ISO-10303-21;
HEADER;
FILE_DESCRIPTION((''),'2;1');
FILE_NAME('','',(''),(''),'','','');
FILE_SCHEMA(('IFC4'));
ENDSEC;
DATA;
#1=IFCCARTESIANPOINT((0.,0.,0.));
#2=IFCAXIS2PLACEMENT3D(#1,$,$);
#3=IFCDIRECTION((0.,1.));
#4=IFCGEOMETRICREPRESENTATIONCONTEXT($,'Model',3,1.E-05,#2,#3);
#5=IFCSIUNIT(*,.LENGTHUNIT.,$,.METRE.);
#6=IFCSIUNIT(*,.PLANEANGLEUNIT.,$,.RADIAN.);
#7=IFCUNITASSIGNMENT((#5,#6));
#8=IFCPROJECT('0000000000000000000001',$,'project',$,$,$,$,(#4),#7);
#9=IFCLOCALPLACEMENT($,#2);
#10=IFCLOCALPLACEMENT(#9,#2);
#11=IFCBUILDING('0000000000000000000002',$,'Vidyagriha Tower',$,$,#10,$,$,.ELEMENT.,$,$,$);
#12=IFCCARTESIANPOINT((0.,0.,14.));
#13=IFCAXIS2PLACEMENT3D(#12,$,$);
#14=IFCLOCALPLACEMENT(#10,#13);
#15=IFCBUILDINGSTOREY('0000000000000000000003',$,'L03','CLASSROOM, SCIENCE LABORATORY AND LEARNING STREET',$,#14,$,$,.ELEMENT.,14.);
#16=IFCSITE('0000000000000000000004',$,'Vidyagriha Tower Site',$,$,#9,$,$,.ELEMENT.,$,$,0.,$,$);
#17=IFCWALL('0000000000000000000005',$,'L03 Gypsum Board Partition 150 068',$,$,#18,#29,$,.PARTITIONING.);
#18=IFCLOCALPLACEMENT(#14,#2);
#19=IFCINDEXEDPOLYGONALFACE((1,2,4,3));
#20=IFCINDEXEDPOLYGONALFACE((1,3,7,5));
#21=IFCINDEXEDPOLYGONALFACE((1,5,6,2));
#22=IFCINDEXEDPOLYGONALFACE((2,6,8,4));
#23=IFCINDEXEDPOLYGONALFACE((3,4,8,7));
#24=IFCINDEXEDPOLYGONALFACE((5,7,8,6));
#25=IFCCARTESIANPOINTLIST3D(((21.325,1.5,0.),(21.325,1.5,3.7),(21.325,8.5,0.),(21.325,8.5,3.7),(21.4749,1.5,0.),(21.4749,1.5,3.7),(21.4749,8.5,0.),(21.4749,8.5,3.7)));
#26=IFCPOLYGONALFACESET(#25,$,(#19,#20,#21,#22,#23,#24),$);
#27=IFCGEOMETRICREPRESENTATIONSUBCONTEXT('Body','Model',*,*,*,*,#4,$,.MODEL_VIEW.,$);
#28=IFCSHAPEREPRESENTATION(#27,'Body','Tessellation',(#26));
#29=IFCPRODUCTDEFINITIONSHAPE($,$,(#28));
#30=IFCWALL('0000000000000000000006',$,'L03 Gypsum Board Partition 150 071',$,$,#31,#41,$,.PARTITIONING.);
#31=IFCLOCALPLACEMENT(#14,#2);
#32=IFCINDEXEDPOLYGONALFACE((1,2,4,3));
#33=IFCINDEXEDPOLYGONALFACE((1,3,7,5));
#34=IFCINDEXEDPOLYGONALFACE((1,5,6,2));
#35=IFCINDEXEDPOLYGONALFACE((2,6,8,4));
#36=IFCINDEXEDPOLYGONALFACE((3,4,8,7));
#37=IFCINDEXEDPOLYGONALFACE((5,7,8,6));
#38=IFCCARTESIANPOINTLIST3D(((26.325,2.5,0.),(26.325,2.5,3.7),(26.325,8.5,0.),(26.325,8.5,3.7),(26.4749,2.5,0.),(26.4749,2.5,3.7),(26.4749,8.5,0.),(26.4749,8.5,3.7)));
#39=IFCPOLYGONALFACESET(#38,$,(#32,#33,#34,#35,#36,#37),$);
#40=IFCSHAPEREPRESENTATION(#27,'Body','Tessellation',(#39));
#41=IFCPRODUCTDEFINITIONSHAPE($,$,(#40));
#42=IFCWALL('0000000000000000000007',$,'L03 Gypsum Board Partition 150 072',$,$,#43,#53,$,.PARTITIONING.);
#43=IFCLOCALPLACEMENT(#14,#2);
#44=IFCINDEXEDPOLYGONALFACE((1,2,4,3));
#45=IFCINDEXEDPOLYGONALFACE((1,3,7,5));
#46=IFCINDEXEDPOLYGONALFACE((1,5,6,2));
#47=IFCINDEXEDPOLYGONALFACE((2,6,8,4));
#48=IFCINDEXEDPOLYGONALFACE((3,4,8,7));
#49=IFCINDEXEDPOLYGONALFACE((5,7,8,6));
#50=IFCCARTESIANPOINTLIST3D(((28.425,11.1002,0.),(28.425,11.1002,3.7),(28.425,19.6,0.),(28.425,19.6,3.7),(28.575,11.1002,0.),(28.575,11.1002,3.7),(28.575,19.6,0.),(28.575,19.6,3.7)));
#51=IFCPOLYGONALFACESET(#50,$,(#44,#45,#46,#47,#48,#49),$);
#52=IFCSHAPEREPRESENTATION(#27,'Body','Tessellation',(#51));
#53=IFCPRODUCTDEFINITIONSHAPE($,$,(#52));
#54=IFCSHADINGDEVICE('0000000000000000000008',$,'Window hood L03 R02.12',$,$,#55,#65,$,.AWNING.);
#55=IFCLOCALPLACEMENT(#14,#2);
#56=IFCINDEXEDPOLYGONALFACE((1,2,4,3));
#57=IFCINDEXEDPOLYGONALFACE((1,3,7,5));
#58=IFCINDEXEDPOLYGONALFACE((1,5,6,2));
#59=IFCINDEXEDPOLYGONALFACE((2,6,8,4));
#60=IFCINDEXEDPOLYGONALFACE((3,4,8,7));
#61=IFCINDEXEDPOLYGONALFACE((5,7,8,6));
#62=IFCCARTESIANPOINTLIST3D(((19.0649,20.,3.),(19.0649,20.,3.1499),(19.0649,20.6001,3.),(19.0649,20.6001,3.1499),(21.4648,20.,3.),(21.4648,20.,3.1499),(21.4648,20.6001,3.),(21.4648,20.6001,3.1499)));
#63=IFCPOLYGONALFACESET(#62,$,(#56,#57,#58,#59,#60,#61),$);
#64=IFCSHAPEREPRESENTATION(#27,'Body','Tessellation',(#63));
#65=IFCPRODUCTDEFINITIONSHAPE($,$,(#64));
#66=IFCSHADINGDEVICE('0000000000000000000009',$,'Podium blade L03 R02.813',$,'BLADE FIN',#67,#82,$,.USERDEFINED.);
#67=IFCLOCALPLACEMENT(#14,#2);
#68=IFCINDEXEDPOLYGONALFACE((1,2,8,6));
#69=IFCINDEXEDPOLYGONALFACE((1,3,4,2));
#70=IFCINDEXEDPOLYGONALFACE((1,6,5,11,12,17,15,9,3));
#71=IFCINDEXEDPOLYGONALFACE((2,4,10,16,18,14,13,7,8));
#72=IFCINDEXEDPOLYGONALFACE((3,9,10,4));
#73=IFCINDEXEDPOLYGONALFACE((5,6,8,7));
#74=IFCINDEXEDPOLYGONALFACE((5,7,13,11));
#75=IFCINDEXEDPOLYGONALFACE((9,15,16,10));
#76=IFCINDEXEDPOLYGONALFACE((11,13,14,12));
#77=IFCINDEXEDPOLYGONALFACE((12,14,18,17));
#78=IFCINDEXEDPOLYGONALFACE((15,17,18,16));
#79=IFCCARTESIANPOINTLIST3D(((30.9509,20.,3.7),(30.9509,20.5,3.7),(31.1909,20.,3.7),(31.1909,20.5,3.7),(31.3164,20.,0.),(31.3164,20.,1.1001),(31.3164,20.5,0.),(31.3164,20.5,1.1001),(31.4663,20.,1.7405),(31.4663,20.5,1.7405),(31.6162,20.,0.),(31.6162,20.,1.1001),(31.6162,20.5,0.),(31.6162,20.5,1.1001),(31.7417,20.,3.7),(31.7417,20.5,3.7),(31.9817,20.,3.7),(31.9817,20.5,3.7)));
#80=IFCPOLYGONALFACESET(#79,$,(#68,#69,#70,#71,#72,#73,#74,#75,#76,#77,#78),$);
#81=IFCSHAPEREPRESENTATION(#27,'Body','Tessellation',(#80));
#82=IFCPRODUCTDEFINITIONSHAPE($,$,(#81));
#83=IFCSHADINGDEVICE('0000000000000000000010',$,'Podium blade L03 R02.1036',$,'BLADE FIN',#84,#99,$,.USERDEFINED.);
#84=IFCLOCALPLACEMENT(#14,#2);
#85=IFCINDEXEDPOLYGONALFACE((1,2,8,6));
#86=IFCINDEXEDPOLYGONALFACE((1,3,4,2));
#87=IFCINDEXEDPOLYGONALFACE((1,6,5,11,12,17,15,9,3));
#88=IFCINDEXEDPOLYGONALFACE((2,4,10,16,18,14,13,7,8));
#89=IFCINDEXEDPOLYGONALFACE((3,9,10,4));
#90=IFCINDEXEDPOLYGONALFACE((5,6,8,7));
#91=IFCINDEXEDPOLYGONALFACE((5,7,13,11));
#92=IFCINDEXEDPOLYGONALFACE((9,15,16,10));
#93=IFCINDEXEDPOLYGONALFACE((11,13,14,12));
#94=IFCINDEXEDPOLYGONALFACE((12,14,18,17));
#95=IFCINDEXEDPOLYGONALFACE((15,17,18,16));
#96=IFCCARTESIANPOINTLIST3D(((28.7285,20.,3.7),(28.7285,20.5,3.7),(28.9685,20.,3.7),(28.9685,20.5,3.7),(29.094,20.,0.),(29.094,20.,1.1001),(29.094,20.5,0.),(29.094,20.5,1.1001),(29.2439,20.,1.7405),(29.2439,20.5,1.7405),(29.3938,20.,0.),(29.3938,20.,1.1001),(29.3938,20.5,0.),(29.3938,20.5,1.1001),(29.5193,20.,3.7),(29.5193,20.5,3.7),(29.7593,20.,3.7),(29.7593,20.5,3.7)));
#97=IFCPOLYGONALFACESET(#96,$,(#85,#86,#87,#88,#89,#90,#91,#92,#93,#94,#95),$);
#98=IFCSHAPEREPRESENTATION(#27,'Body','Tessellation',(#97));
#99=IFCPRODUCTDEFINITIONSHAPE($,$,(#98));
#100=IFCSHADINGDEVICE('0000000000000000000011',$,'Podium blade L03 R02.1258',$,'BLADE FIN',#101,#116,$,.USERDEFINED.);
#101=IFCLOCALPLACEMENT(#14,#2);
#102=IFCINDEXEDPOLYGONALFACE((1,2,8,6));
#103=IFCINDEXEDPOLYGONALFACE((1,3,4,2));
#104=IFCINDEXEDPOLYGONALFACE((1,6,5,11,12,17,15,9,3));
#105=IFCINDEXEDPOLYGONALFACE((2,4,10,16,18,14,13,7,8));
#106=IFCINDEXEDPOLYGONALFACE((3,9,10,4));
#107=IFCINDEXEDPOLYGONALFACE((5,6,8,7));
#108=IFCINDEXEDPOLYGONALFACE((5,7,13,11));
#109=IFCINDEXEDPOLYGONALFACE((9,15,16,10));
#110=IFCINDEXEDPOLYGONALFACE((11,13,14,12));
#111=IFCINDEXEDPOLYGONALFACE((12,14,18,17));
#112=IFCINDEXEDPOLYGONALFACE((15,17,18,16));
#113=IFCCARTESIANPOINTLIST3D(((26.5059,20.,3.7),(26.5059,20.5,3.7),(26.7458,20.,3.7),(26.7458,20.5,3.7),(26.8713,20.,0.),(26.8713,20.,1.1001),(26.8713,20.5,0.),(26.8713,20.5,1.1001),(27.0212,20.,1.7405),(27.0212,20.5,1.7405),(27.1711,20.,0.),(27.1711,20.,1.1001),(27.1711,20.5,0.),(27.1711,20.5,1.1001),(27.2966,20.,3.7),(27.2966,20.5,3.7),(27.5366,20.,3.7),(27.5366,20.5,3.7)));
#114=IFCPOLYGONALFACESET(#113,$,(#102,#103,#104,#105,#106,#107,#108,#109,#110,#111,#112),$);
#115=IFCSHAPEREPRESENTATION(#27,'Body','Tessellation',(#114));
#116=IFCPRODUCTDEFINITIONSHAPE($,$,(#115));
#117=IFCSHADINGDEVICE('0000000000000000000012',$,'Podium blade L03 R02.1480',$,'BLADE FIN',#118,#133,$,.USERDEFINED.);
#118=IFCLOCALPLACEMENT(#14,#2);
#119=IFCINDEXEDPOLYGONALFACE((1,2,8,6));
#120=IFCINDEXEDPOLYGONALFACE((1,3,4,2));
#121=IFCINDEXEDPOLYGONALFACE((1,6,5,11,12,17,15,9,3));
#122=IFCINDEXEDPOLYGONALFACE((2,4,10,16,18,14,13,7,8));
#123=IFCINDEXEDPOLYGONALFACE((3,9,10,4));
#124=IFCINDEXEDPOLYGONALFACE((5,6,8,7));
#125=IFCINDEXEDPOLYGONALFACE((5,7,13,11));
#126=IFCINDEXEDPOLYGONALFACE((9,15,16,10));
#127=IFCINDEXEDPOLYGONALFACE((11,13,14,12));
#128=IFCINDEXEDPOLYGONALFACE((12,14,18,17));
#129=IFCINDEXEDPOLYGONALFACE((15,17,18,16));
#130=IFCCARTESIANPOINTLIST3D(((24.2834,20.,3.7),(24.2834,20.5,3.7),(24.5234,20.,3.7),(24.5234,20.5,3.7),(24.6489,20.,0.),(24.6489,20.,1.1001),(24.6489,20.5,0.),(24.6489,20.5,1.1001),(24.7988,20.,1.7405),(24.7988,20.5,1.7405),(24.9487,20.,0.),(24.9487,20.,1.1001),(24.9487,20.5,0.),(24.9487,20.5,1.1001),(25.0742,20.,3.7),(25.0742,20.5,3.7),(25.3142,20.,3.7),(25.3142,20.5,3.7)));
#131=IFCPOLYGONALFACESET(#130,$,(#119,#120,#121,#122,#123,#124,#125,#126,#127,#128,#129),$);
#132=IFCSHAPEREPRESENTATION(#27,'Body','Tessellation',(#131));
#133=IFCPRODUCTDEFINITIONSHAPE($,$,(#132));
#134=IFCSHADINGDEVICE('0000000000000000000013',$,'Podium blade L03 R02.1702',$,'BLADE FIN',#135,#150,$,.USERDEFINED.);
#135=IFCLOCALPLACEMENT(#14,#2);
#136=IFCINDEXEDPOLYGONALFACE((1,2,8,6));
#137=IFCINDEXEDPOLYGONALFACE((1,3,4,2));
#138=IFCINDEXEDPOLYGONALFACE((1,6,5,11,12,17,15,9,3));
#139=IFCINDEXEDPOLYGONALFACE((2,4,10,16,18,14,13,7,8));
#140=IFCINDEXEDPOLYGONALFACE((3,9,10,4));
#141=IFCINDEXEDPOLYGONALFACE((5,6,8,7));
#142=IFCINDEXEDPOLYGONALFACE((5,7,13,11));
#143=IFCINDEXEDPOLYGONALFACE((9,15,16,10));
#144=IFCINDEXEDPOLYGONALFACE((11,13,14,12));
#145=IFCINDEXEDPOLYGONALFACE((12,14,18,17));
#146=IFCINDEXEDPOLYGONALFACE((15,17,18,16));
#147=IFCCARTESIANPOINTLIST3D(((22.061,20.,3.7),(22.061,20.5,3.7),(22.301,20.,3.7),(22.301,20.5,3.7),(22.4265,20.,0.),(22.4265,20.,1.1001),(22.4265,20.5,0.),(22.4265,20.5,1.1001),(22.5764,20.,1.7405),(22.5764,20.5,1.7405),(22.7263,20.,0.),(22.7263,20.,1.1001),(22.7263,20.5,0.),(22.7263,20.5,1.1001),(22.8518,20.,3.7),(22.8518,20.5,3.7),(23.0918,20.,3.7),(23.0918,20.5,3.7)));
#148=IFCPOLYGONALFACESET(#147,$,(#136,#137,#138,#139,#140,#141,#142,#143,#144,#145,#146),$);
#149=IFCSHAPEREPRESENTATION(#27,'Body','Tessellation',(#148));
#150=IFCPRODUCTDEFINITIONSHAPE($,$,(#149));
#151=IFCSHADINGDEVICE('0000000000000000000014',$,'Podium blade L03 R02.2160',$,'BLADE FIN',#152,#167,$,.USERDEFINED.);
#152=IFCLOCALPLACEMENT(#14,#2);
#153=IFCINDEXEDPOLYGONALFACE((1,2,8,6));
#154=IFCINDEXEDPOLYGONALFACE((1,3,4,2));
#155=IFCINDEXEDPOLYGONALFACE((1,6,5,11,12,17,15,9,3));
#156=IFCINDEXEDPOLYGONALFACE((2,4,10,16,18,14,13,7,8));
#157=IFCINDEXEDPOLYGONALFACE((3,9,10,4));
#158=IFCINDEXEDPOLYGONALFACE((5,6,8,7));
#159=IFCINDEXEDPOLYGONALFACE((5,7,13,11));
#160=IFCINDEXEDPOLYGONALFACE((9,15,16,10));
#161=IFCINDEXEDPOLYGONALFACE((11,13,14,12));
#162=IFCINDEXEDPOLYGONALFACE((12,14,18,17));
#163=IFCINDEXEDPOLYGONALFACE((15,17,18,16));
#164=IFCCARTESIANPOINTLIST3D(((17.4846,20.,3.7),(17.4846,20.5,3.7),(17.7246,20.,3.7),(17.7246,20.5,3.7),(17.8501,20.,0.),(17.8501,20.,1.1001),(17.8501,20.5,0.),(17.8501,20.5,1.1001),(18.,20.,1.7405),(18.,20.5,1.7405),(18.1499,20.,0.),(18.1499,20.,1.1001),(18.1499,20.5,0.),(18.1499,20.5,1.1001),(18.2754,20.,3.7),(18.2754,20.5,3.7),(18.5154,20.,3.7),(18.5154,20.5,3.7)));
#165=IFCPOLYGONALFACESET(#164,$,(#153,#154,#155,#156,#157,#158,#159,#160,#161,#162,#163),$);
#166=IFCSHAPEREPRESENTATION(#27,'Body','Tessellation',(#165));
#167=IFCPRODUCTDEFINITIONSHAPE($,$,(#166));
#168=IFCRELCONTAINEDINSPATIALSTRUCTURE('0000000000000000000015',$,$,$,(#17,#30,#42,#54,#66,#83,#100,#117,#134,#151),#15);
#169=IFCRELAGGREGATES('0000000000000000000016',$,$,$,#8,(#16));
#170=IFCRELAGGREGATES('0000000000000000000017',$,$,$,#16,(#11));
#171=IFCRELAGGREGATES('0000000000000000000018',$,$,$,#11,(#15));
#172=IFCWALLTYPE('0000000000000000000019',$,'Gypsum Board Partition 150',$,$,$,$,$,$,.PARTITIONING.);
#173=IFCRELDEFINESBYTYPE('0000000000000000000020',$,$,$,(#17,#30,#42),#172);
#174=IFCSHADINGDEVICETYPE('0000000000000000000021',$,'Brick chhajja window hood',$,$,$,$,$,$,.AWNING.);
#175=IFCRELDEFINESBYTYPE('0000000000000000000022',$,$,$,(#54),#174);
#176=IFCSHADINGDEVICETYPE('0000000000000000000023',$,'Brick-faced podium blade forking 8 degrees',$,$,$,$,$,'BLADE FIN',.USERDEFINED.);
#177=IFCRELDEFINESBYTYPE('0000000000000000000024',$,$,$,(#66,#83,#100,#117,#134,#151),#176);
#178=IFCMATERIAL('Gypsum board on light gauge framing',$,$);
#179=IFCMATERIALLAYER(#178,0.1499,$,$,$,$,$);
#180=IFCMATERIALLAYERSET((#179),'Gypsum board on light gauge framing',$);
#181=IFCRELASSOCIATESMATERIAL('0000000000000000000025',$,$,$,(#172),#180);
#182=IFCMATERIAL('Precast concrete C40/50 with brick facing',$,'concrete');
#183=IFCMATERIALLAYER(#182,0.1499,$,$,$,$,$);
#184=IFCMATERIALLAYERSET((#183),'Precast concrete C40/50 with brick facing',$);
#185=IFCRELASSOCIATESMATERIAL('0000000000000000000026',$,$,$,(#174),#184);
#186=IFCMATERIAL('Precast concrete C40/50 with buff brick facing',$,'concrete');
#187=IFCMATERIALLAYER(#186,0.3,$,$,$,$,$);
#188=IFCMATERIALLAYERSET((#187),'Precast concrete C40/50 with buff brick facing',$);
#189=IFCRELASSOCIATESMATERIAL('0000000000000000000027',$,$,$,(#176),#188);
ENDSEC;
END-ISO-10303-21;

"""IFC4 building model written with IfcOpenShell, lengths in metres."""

from ifc_helpers import new_model, si_unit, direction, frame, frame_2d, origin, origin_2d, place, context, subcontext, project, spatial, polyline, rectangle, outline, extrude, material, layer, layer_set, type_object, element, save


model = new_model("IFC4")

# Units and contexts
model_context = context("Model", 3, precision=1e-05, world=origin(), true_north=direction((0.0, 1.0)))
body_context = subcontext(model_context, "Body", "Model", "MODEL_VIEW")
ifc_project = project(units=[si_unit("LENGTHUNIT", "METRE"), si_unit("PLANEANGLEUNIT", "RADIAN")], contexts=[model_context])

# Site, building, storey
site_placement = place(None, origin())
site = spatial("IfcSite", under=ifc_project, at=site_placement, Name="Vidyagriha Tower Site", CompositionType="ELEMENT", RefElevation=0.0)
building_placement = place(site_placement, origin())
building = spatial("IfcBuilding", under=site, at=building_placement, Name="Vidyagriha Tower", CompositionType="ELEMENT")
storey_placement = place(building_placement, frame((0.0, 0.0, 14.0)))
storey = spatial("IfcBuildingStorey", under=building, at=storey_placement, Name="L03", Description="CLASSROOM, SCIENCE LABORATORY AND LEARNING STREET", CompositionType="ELEMENT", Elevation=14.0)

# Walls
ifc_material_1 = material(Name="Gypsum board on light gauge framing")
ifc_layer_1 = layer(ifc_material_1, 0.1499)
ifc_layer_set_1 = layer_set([ifc_layer_1], Name="Gypsum board on light gauge framing")
wall_type_1 = type_object("IfcWallType", Name="Gypsum Board Partition 150", PredefinedType="PARTITIONING", material=ifc_layer_set_1)
wall_1_placement = place(storey_placement, frame((21.3999, 1.5, 0.0), z_axis=(0.0, 0.0, 1.0), x_axis=(0.0, 1.0, 0.0)))
element("IfcWall", 1, at=wall_1_placement, inside=storey, type_object=wall_type_1, Name="L03 Gypsum Board Partition 150 068", PredefinedType="PARTITIONING", context=body_context, shape_type="SweptSolid", body=[
    extrude(rectangle(XDim=7.0, YDim=0.1499, at=frame_2d((3.5, 0.0))), origin(), (0.0, 0.0, 1.0), 3.7),
])
wall_2_placement = place(storey_placement, frame((26.3999, 2.5, 0.0), z_axis=(0.0, 0.0, 1.0), x_axis=(0.0, 1.0, 0.0)))
element("IfcWall", 2, at=wall_2_placement, inside=storey, type_object=wall_type_1, Name="L03 Gypsum Board Partition 150 071", PredefinedType="PARTITIONING", context=body_context, shape_type="SweptSolid", body=[
    extrude(rectangle(XDim=6.0, YDim=0.1499, at=frame_2d((3.0, 0.0))), origin(), (0.0, 0.0, 1.0), 3.7),
])
wall_3_placement = place(storey_placement, frame((28.5, 11.1001, 0.0), z_axis=(0.0, 0.0, 1.0), x_axis=(0.0, 1.0, 0.0)))
element("IfcWall", 3, at=wall_3_placement, inside=storey, type_object=wall_type_1, Name="L03 Gypsum Board Partition 150 072", PredefinedType="PARTITIONING", context=body_context, shape_type="SweptSolid", body=[
    extrude(rectangle(XDim=8.4998, YDim=0.1499, at=frame_2d((4.25, 0.0))), origin(), (0.0, 0.0, 1.0), 3.7),
])

# Shading devices
ifc_material_2 = material(Name="Precast concrete C40/50 with brick facing", Category="concrete")
ifc_layer_2 = layer(ifc_material_2, 0.1499)
ifc_layer_set_2 = layer_set([ifc_layer_2], Name="Precast concrete C40/50 with brick facing")
shading_device_type_1 = type_object("IfcShadingDeviceType", Name="Brick chhajja window hood", PredefinedType="AWNING", material=ifc_layer_set_2)
shading_device_placement = place(storey_placement, frame((20.2649, 20.3, 3.0), z_axis=(0.0, 0.0, 1.0), x_axis=(-1.0, 0.0, 0.0)))
element("IfcShadingDevice", 4, at=shading_device_placement, inside=storey, type_object=shading_device_type_1, Name="Window hood L03 R02.12", PredefinedType="AWNING", context=body_context, shape_type="SweptSolid", body=[
    extrude(rectangle(XDim=2.3999, YDim=0.6001, at=origin_2d()), origin(), (0.0, 0.0, 1.0), 0.1499),
])
ifc_material_3 = material(Name="Precast concrete C40/50 with buff brick facing", Category="concrete")
ifc_layer_3 = layer(ifc_material_3, 0.3)
ifc_layer_set_3 = layer_set([ifc_layer_3], Name="Precast concrete C40/50 with buff brick facing")
shading_device_type_2 = type_object("IfcShadingDeviceType", Name="Brick-faced podium blade forking 8 degrees", ElementType="BLADE FIN", PredefinedType="USERDEFINED", material=ifc_layer_set_3)
for number, where, z_axis, x_axis, name in (
    (5, (31.9817, 20.25, 0.0), (0.0, 0.0, 1.0), (-1.0, 0.0, 0.0), "Podium blade L03 R02.813"),
    (6, (29.7593, 20.25, 0.0), (0.0, 0.0, 1.0), (-1.0, 0.0, 0.0), "Podium blade L03 R02.1036"),
    (7, (27.5366, 20.25, 0.0), (0.0, 0.0, 1.0), (-1.0, 0.0, 0.0), "Podium blade L03 R02.1258"),
    (8, (25.3142, 20.25, 0.0), (0.0, 0.0, 1.0), (-1.0, 0.0, 0.0), "Podium blade L03 R02.1480"),
    (9, (23.0918, 20.25, 0.0), (0.0, 0.0, 1.0), (-1.0, 0.0, 0.0), "Podium blade L03 R02.1702"),
    (10, (18.5154, 20.25, 0.0), (0.0, 0.0, 1.0), (-1.0, 0.0, 0.0), "Podium blade L03 R02.2160"),
):
    element("IfcShadingDevice", number, at=place(storey_placement, frame(where, z_axis=z_axis, x_axis=x_axis)), inside=storey, type_object=shading_device_type_2, Name=name, ObjectType="BLADE FIN", PredefinedType="USERDEFINED", context=body_context, shape_type="SweptSolid", body=[
        extrude(outline(polyline([(0.6653, 0.0), (0.6653, 1.1001), (1.0308, 3.7), (0.7908, 3.7), (0.5154, 1.7405), (0.24, 3.7), (0.0, 3.7), (0.3655, 1.1001), (0.3655, 0.0), (0.6653, 0.0)])), frame((0.0, 0.25, 0.0), z_axis=(0.0, -1.0, 0.0), x_axis=(1.0, 0.0, 0.0)), (0.0, 0.0, 1.0), 0.5),
    ])

save(model, "model.ifc")
